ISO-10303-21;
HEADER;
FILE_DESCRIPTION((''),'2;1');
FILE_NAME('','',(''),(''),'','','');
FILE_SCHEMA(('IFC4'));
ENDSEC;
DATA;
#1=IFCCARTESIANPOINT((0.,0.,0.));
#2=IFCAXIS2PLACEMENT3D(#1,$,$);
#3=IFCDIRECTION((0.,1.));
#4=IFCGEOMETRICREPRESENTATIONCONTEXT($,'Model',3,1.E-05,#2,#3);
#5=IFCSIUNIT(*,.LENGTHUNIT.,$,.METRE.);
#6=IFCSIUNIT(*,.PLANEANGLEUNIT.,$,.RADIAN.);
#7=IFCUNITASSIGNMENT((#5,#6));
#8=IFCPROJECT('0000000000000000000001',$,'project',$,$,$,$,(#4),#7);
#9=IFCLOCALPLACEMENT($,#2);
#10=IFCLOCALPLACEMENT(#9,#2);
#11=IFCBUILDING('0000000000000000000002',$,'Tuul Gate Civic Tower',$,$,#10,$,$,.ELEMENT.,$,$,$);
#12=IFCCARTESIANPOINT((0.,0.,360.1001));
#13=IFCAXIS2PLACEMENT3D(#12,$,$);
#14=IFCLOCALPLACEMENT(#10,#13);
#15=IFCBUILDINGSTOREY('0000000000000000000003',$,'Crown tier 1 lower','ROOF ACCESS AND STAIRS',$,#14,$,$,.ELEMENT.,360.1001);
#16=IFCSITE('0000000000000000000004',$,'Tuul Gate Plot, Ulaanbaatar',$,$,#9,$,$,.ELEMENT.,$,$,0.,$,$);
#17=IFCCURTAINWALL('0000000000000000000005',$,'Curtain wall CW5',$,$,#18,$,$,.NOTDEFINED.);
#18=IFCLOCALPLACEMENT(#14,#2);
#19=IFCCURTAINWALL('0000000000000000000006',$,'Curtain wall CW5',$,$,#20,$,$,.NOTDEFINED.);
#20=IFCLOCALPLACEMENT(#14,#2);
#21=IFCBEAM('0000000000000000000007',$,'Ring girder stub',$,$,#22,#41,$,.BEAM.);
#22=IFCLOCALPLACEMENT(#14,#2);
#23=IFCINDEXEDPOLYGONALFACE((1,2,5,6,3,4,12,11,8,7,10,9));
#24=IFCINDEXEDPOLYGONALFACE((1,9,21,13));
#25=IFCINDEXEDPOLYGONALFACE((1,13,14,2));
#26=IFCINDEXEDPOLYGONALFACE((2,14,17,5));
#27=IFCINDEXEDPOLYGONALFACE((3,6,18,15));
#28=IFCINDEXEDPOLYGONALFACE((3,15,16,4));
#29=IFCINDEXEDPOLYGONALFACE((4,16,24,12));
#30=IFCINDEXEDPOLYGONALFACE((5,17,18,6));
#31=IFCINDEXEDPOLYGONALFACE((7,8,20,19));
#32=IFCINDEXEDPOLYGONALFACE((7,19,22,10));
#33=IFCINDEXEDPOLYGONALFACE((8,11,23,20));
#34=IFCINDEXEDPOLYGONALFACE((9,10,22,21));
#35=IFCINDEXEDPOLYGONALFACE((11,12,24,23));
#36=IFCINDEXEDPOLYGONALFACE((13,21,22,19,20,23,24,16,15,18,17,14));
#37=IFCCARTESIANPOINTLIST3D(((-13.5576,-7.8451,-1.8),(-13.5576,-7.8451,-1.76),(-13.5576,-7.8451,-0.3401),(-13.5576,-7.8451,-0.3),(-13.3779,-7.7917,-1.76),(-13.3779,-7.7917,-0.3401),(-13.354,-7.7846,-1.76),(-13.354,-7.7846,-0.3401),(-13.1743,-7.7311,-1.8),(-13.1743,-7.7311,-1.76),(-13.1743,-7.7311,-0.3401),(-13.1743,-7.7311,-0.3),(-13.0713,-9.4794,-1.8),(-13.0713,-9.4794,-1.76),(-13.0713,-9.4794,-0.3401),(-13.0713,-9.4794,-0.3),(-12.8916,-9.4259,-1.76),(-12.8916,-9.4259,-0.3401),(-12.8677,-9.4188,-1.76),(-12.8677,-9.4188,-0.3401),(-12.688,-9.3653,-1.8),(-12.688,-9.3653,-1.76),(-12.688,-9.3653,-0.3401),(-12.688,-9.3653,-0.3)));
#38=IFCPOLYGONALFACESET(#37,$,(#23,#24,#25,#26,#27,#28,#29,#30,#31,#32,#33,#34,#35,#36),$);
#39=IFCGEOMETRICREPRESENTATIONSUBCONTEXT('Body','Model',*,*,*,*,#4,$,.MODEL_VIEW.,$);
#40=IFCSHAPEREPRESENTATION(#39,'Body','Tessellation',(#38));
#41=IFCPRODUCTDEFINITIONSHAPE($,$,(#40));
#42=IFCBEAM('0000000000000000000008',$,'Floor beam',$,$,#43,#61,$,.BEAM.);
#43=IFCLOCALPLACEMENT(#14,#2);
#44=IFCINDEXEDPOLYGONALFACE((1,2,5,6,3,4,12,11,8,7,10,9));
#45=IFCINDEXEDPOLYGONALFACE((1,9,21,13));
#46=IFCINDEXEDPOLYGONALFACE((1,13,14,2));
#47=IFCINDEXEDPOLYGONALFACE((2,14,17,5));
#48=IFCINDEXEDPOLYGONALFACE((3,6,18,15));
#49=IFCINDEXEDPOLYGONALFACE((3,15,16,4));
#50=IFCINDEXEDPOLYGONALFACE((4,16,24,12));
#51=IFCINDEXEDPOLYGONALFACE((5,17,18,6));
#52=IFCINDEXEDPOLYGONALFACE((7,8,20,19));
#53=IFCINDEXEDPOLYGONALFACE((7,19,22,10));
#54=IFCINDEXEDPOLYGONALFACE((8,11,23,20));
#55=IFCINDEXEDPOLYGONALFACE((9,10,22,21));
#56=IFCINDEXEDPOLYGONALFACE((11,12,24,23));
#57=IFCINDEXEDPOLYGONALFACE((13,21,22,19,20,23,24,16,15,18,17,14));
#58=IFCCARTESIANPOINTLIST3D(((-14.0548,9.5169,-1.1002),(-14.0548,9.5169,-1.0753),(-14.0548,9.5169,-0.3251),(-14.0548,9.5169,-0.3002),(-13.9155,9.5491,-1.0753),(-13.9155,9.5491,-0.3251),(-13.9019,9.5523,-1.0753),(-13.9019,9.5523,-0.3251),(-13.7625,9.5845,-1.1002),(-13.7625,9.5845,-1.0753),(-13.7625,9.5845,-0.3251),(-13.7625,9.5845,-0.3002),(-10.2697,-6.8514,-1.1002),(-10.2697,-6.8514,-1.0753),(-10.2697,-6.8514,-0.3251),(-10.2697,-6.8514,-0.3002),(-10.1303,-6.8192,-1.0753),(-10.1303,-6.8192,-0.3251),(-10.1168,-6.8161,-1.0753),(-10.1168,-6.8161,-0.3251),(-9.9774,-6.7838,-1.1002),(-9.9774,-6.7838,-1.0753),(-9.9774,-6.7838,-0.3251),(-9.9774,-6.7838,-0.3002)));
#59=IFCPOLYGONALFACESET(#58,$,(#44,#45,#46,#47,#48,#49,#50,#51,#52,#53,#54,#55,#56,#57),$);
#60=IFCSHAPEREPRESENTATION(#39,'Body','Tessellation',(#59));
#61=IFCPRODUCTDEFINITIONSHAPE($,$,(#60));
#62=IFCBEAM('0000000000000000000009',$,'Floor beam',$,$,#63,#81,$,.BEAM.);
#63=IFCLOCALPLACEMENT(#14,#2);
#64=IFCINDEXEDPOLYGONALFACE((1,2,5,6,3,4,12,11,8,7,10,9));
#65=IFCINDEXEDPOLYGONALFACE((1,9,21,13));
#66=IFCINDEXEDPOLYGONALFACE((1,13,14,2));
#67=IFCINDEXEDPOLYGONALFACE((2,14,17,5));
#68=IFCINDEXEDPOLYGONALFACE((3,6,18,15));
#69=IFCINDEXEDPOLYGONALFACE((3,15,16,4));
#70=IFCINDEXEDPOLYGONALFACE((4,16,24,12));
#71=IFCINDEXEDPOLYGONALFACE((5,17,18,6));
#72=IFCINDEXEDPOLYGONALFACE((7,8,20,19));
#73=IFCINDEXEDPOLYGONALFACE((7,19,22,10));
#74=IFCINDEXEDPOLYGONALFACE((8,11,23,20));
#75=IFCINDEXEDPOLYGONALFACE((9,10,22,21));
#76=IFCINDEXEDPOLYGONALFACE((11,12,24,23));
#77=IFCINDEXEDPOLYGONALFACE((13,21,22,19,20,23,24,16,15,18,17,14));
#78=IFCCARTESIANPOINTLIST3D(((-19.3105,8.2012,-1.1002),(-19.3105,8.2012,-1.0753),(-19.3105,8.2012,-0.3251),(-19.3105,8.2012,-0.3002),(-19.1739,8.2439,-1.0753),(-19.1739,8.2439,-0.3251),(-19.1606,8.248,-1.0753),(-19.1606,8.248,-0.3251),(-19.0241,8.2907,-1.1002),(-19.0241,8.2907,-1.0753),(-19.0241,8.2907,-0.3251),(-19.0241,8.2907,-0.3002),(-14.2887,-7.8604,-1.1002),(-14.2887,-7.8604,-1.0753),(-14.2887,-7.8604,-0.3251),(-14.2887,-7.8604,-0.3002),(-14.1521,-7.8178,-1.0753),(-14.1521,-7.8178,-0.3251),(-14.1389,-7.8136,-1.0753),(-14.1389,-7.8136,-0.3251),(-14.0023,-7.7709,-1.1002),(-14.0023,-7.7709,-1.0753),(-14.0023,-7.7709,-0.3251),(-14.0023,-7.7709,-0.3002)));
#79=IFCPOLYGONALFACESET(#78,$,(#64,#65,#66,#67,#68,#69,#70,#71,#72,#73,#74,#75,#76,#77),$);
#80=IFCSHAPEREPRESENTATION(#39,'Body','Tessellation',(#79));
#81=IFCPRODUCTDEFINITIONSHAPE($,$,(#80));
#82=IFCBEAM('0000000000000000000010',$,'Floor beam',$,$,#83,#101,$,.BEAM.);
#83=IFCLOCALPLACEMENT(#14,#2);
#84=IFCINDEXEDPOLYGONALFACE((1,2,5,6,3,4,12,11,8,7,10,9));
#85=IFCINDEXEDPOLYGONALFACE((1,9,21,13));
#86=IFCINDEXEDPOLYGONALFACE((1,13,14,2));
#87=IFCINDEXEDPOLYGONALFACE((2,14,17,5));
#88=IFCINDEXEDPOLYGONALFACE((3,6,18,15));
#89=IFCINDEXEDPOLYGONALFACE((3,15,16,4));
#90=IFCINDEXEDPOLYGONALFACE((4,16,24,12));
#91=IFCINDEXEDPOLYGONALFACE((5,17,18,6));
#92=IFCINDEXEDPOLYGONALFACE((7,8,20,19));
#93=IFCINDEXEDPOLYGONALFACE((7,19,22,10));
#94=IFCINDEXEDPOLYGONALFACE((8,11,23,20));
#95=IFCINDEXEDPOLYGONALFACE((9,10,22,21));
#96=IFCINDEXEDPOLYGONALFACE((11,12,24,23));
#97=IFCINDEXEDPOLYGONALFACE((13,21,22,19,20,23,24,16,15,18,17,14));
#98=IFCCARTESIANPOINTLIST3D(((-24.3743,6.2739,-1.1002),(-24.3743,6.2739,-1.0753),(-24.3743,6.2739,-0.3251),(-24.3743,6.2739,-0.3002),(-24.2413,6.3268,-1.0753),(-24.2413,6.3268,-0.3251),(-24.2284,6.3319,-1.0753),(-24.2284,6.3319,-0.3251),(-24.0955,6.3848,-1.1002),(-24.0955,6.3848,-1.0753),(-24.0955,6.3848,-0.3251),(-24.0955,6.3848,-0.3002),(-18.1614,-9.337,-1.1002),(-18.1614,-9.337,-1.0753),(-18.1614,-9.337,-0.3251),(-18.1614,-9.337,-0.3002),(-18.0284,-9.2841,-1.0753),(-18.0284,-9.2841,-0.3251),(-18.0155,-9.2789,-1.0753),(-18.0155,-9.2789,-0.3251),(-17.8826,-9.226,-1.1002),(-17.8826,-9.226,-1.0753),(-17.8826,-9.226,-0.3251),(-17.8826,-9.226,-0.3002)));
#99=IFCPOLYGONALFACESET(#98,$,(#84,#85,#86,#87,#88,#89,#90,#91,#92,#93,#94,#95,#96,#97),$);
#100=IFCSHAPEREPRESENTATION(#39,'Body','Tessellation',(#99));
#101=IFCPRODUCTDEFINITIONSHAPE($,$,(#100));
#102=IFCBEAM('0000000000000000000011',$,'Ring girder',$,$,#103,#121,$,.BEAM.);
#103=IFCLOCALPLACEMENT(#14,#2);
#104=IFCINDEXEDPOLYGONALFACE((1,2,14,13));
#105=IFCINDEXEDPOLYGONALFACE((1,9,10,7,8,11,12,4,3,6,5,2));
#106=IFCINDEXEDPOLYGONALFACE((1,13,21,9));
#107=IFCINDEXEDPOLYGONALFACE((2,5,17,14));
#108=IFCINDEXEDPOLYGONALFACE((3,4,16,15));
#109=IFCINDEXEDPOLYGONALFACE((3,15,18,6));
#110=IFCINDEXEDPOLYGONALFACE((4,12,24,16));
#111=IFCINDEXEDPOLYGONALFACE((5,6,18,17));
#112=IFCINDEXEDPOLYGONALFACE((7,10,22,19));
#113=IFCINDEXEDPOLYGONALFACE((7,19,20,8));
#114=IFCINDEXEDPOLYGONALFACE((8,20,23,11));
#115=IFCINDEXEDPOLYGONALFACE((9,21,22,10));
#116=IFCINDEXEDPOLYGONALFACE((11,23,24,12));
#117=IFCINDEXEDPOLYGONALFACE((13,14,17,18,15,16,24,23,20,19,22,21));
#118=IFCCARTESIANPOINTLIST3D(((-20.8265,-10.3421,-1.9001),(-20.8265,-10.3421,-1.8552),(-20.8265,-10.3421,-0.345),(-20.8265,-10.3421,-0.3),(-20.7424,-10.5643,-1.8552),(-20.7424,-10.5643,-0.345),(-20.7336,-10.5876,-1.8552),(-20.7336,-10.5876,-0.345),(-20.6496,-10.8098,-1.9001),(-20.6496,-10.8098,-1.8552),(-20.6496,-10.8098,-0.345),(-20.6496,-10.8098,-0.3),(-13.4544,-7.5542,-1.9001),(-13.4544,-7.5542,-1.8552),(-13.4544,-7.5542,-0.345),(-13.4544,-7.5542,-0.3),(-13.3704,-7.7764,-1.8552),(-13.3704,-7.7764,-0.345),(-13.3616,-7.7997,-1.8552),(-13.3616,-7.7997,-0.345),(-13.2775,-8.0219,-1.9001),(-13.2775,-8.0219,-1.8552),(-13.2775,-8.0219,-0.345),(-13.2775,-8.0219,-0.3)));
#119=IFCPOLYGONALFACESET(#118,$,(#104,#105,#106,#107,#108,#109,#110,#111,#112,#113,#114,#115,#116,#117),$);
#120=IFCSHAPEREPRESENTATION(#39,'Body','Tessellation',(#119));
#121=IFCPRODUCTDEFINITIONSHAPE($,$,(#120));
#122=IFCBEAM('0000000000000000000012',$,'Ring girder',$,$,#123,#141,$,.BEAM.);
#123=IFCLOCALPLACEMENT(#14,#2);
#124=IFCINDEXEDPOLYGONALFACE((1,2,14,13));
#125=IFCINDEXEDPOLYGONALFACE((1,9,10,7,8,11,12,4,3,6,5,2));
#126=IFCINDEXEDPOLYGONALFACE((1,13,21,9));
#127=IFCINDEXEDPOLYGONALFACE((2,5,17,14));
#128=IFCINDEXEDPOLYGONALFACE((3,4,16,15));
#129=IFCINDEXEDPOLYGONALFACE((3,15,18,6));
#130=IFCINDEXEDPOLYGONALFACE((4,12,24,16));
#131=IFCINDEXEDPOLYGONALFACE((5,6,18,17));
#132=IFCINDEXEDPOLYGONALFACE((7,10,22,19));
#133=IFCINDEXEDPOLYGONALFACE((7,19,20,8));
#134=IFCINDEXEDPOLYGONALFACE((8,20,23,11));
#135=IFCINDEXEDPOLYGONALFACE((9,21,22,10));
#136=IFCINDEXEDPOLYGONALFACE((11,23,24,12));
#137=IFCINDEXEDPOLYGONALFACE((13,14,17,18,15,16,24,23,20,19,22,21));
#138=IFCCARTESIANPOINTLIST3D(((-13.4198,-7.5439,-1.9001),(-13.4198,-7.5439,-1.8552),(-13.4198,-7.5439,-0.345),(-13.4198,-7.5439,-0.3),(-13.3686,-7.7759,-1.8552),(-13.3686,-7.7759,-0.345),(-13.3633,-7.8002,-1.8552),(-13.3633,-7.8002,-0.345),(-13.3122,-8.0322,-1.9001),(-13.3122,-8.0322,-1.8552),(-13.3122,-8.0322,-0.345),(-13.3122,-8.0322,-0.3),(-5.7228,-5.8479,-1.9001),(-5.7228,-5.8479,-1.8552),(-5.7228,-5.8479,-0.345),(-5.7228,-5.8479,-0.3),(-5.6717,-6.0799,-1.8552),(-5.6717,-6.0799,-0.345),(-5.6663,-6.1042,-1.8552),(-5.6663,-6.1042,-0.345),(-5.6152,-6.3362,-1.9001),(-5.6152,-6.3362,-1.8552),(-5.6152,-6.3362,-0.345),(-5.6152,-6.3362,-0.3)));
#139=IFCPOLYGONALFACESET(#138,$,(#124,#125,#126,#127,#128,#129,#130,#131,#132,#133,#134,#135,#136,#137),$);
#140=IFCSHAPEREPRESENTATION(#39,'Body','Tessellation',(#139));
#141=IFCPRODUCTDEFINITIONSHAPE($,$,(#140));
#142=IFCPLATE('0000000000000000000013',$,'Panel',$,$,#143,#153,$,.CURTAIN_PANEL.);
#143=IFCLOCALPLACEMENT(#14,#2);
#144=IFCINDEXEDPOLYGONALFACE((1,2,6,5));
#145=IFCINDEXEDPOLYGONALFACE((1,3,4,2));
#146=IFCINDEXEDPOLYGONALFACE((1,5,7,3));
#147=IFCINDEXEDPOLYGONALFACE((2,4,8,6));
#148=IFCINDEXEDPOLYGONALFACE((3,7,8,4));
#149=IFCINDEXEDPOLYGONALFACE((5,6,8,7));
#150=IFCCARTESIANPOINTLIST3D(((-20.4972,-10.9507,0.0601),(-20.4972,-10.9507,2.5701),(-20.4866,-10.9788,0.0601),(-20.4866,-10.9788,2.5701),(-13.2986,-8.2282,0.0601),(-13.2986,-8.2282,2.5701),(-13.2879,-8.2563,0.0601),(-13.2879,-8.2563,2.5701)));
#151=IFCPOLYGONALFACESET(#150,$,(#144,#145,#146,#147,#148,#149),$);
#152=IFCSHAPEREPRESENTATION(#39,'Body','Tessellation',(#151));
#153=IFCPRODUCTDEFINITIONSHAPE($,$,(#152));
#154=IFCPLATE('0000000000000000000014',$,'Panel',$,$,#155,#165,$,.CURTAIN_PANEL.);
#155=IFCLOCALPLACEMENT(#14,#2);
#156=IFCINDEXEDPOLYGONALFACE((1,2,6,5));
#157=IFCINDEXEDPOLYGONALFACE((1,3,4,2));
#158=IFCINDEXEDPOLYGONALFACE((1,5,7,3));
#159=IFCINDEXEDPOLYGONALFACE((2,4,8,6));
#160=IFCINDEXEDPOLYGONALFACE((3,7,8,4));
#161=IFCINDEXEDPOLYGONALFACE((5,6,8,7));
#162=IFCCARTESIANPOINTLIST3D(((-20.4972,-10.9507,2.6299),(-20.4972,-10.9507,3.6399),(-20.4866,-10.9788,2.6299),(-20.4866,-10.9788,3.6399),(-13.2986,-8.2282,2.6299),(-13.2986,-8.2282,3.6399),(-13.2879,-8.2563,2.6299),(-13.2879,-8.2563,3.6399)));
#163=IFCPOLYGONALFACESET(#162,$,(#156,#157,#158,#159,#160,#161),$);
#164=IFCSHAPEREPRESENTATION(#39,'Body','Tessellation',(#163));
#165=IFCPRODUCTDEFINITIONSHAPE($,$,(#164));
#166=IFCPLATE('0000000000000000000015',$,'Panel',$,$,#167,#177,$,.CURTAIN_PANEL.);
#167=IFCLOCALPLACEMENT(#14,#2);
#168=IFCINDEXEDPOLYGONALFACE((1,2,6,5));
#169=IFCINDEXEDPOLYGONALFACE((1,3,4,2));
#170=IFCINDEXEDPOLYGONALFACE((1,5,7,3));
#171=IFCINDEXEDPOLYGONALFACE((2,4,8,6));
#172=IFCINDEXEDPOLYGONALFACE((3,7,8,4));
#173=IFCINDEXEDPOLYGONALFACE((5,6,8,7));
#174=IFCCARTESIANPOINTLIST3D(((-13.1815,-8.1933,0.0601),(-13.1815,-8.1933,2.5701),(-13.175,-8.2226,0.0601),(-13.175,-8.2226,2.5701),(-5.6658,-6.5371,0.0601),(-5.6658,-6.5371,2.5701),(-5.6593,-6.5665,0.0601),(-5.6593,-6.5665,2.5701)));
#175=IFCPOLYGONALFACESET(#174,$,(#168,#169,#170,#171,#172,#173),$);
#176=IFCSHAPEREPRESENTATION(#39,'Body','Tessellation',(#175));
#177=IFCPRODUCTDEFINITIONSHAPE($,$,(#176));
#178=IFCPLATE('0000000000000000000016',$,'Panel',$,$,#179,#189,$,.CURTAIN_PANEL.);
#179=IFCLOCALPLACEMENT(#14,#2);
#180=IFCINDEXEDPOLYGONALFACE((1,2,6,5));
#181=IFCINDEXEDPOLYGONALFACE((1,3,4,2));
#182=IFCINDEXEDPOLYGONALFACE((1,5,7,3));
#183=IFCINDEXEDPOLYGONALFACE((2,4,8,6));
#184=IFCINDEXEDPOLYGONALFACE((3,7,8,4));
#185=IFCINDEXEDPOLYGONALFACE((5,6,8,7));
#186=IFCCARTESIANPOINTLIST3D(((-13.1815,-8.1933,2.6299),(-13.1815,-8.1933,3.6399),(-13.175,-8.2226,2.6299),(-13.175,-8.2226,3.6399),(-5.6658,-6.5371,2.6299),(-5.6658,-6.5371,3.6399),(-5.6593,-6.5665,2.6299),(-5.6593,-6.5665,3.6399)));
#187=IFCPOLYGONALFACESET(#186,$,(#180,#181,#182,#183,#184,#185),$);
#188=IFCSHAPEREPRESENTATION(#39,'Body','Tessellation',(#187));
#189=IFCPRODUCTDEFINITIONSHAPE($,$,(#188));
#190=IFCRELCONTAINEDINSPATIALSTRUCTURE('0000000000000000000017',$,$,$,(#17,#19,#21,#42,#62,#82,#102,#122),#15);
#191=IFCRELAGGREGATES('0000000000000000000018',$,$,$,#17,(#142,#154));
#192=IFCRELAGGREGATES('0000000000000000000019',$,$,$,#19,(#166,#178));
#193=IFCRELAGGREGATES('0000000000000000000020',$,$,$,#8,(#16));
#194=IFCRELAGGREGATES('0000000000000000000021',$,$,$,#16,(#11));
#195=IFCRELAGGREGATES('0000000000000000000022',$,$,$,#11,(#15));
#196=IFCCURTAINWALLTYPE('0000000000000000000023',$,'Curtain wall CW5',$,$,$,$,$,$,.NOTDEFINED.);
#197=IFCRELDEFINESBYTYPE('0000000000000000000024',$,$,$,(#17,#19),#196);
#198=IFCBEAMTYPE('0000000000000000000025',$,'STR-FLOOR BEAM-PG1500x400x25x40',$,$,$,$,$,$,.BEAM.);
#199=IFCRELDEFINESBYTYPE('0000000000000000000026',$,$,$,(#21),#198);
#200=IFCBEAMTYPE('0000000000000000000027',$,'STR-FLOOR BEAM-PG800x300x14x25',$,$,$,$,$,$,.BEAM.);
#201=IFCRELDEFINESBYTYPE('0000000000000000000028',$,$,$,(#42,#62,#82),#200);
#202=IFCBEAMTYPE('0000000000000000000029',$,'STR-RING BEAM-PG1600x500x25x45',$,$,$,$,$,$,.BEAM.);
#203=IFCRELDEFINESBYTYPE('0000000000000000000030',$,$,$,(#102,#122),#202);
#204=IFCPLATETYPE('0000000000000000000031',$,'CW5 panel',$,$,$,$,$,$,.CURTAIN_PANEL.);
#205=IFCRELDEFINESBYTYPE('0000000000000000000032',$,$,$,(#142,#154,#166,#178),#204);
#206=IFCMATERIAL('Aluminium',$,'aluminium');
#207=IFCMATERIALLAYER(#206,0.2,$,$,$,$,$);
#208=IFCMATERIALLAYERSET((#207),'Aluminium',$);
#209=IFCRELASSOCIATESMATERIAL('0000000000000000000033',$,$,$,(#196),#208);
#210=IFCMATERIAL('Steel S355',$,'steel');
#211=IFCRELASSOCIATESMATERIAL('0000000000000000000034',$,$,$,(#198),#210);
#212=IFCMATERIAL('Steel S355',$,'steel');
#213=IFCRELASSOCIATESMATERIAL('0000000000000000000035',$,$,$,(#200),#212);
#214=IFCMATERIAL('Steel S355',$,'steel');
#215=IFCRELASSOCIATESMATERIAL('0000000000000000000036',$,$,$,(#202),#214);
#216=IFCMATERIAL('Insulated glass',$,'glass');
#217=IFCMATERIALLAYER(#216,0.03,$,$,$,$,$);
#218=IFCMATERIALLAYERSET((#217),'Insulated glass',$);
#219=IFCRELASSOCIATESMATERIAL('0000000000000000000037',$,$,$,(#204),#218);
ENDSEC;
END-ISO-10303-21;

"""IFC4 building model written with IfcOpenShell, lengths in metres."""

from ifc_helpers import new_model, si_unit, direction, frame, origin, origin_2d, place, context, subcontext, project, spatial, rectangle, i_section, extrude, material, layer, layer_set, material_profile, profile_set, type_object, element, aggregate, save


model = new_model("IFC4")

# Units and contexts
model_context = context("Model", 3, precision=1e-05, world=origin(), true_north=direction((0.0, 1.0)))
body_context = subcontext(model_context, "Body", "Model", "MODEL_VIEW")
ifc_project = project(units=[si_unit("LENGTHUNIT", "METRE"), si_unit("PLANEANGLEUNIT", "RADIAN")], contexts=[model_context])

# Site, building, storey
site_placement = place(None, origin())
site = spatial("IfcSite", under=ifc_project, at=site_placement, Name="Tuul Gate Plot, Ulaanbaatar", CompositionType="ELEMENT", RefElevation=0.0)
building_placement = place(site_placement, origin())
building = spatial("IfcBuilding", under=site, at=building_placement, Name="Tuul Gate Civic Tower", CompositionType="ELEMENT")
storey_placement = place(building_placement, frame((0.0, 0.0, 360.1001)))
storey = spatial("IfcBuildingStorey", under=building, at=storey_placement, Name="Crown tier 1 lower", Description="ROOF ACCESS AND STAIRS", CompositionType="ELEMENT", Elevation=360.1001)

# Shared definitions
ifc_material_1 = material(Name="Aluminium", Category="aluminium")
ifc_layer_1 = layer(ifc_material_1, 0.2)
ifc_layer_set_1 = layer_set([ifc_layer_1], Name="Aluminium")
curtain_wall_type = type_object("IfcCurtainWallType", Name="Curtain wall CW5", PredefinedType="NOTDEFINED", material=ifc_layer_set_1)

# Curtain wall
curtain_wall_1_placement = place(storey_placement, origin())
curtain_wall_1 = element("IfcCurtainWall", 1, at=curtain_wall_1_placement, inside=storey, type_object=curtain_wall_type, Name="Curtain wall CW5", PredefinedType="NOTDEFINED")

# Curtain wall
curtain_wall_2_placement = place(storey_placement, origin())
curtain_wall_2 = element("IfcCurtainWall", 2, at=curtain_wall_2_placement, inside=storey, type_object=curtain_wall_type, Name="Curtain wall CW5", PredefinedType="NOTDEFINED")

# Beams
ifc_material_2 = material(Name="Steel S355", Category="steel")
ifc_material_profile_1 = material_profile(ifc_material_2, i_section(OverallWidth=0.3999, OverallDepth=1.5, WebThickness=0.0249, FlangeThickness=0.04, at=origin_2d()), Name="PG1500x400x25x40")
ifc_profile_set_1 = profile_set([ifc_material_profile_1], Name="Steel S355")
beam_type_1 = type_object("IfcBeamType", Name="STR-FLOOR BEAM-PG1500x400x25x40", PredefinedType="BEAM", material=ifc_profile_set_1)
beam_1_placement = place(storey_placement, frame((-12.8796, -9.4224, -1.05), z_axis=(-0.285219, 0.958462, 0.0), x_axis=(-0.958462, -0.285219, 0.0)))
element("IfcBeam", 3, at=beam_1_placement, inside=storey, type_object=beam_type_1, Name="Ring girder stub", PredefinedType="BEAM", context=body_context, shape_type="SweptSolid", body=[
    extrude(i_section(OverallWidth=0.3999, OverallDepth=1.5, WebThickness=0.0249, FlangeThickness=0.04, at=origin_2d()), origin(), (0.0, 0.0, 1.0), 1.7051),
])
ifc_material_3 = material(Name="Steel S355", Category="steel")
ifc_material_profile_2 = material_profile(ifc_material_3, i_section(OverallWidth=0.3, OverallDepth=0.8, WebThickness=0.0139, FlangeThickness=0.0249, at=origin_2d()), Name="PG800x300x14x25")
ifc_profile_set_2 = profile_set([ifc_material_profile_2], Name="Steel S355")
beam_type_2 = type_object("IfcBeamType", Name="STR-FLOOR BEAM-PG800x300x14x25", PredefinedType="BEAM", material=ifc_profile_set_2)
beam_2_placement = place(storey_placement, frame((-10.1235, -6.8176, -0.7002), z_axis=(-0.225302, 0.974289, 0.0), x_axis=(-0.974289, -0.225302, 0.0)))
element("IfcBeam", 4, at=beam_2_placement, inside=storey, type_object=beam_type_2, Name="Floor beam", PredefinedType="BEAM", context=body_context, shape_type="SweptSolid", body=[
    extrude(i_section(OverallWidth=0.3, OverallDepth=0.8, WebThickness=0.0139, FlangeThickness=0.0249, at=origin_2d()), origin(), (0.0, 0.0, 1.0), 16.8003),
])
beam_3_placement = place(storey_placement, frame((-14.1455, -7.8157, -0.7002), z_axis=(-0.29841, 0.954438, 0.0), x_axis=(-0.954438, -0.29841, 0.0)))
element("IfcBeam", 5, at=beam_3_placement, inside=storey, type_object=beam_type_2, Name="Floor beam", PredefinedType="BEAM", context=body_context, shape_type="SweptSolid", body=[
    extrude(i_section(OverallWidth=0.3, OverallDepth=0.8, WebThickness=0.0139, FlangeThickness=0.0249, at=origin_2d()), origin(), (0.0, 0.0, 1.0), 16.8284),
])
beam_4_placement = place(storey_placement, frame((-18.022, -9.2815, -0.7002), z_axis=(-0.369777, 0.929121, 0.0), x_axis=(-0.929121, -0.369777, 0.0)))
element("IfcBeam", 6, at=beam_4_placement, inside=storey, type_object=beam_type_2, Name="Floor beam", PredefinedType="BEAM", context=body_context, shape_type="SweptSolid", body=[
    extrude(i_section(OverallWidth=0.3, OverallDepth=0.8, WebThickness=0.0139, FlangeThickness=0.0249, at=origin_2d()), origin(), (0.0, 0.0, 1.0), 16.8018),
])
ifc_material_4 = material(Name="Steel S355", Category="steel")
ifc_material_profile_3 = material_profile(ifc_material_4, i_section(OverallWidth=0.5, OverallDepth=1.6001, WebThickness=0.0249, FlangeThickness=0.0449, at=origin_2d()), Name="PG1600x500x25x45")
ifc_profile_set_3 = profile_set([ifc_material_profile_3], Name="Steel S355")
beam_type_3 = type_object("IfcBeamType", Name="STR-RING BEAM-PG1600x500x25x45", PredefinedType="BEAM", material=ifc_profile_set_3)
for number, where, z_axis, x_axis, name in (
    (7, (-20.738, -10.5759, -1.1001), (0.935353, 0.353716, 0.0), (-0.353716, 0.935353, 0.0), "Ring girder"),
    (8, (-13.366, -7.7881, -1.1001), (0.976573, 0.215189, 0.0), (-0.215189, 0.976573, 0.0), "Ring girder"),
):
    element("IfcBeam", number, at=place(storey_placement, frame(where, z_axis=z_axis, x_axis=x_axis)), inside=storey, type_object=beam_type_3, Name=name, PredefinedType="BEAM", context=body_context, shape_type="SweptSolid", body=[
        extrude(i_section(OverallWidth=0.5, OverallDepth=1.6001, WebThickness=0.0249, FlangeThickness=0.0449, at=origin_2d()), origin(), (0.0, 0.0, 1.0), 7.8816),
    ])

# Plates
ifc_material_5 = material(Name="Insulated glass", Category="glass")
ifc_layer_2 = layer(ifc_material_5, 0.03)
ifc_layer_set_2 = layer_set([ifc_layer_2], Name="Insulated glass")
plate_type = type_object("IfcPlateType", Name="CW5 panel", PredefinedType="CURTAIN_PANEL", material=ifc_layer_set_2)
plate_1_placement = place(storey_placement, frame((-16.8926, -9.6035, 0.0601), z_axis=(0.0, 0.0, 1.0), x_axis=(0.935342, 0.353744, 0.0)))
plate_1 = element("IfcPlate", 9, at=plate_1_placement, type_object=plate_type, Name="Panel", PredefinedType="CURTAIN_PANEL", context=body_context, shape_type="SweptSolid", body=[
    extrude(rectangle(XDim=7.6963, YDim=0.03, at=origin_2d()), origin(), (0.0, 0.0, 1.0), 2.51),
])
plate_2_placement = place(storey_placement, frame((-16.8926, -9.6035, 2.6299), z_axis=(0.0, 0.0, 1.0), x_axis=(0.935342, 0.353744, 0.0)))
plate_2 = element("IfcPlate", 10, at=plate_2_placement, type_object=plate_type, Name="Panel", PredefinedType="CURTAIN_PANEL", context=body_context, shape_type="SweptSolid", body=[
    extrude(rectangle(XDim=7.6963, YDim=0.03, at=origin_2d()), origin(), (0.0, 0.0, 1.0), 1.01),
])
aggregate(curtain_wall_1, [plate_1, plate_2])
plate_3_placement = place(storey_placement, frame((-9.4204, -7.3799, 0.0601), z_axis=(0.0, 0.0, 1.0), x_axis=(0.976571, 0.215196, 0.0)))
plate_3 = element("IfcPlate", 11, at=plate_3_placement, type_object=plate_type, Name="Panel", PredefinedType="CURTAIN_PANEL", context=body_context, shape_type="SweptSolid", body=[
    extrude(rectangle(XDim=7.696, YDim=0.03, at=origin_2d()), origin(), (0.0, 0.0, 1.0), 2.51),
])
plate_4_placement = place(storey_placement, frame((-9.4204, -7.3799, 2.6299), z_axis=(0.0, 0.0, 1.0), x_axis=(0.976571, 0.215196, 0.0)))
plate_4 = element("IfcPlate", 12, at=plate_4_placement, type_object=plate_type, Name="Panel", PredefinedType="CURTAIN_PANEL", context=body_context, shape_type="SweptSolid", body=[
    extrude(rectangle(XDim=7.696, YDim=0.03, at=origin_2d()), origin(), (0.0, 0.0, 1.0), 1.01),
])
aggregate(curtain_wall_2, [plate_3, plate_4])

save(model, "model.ifc")
